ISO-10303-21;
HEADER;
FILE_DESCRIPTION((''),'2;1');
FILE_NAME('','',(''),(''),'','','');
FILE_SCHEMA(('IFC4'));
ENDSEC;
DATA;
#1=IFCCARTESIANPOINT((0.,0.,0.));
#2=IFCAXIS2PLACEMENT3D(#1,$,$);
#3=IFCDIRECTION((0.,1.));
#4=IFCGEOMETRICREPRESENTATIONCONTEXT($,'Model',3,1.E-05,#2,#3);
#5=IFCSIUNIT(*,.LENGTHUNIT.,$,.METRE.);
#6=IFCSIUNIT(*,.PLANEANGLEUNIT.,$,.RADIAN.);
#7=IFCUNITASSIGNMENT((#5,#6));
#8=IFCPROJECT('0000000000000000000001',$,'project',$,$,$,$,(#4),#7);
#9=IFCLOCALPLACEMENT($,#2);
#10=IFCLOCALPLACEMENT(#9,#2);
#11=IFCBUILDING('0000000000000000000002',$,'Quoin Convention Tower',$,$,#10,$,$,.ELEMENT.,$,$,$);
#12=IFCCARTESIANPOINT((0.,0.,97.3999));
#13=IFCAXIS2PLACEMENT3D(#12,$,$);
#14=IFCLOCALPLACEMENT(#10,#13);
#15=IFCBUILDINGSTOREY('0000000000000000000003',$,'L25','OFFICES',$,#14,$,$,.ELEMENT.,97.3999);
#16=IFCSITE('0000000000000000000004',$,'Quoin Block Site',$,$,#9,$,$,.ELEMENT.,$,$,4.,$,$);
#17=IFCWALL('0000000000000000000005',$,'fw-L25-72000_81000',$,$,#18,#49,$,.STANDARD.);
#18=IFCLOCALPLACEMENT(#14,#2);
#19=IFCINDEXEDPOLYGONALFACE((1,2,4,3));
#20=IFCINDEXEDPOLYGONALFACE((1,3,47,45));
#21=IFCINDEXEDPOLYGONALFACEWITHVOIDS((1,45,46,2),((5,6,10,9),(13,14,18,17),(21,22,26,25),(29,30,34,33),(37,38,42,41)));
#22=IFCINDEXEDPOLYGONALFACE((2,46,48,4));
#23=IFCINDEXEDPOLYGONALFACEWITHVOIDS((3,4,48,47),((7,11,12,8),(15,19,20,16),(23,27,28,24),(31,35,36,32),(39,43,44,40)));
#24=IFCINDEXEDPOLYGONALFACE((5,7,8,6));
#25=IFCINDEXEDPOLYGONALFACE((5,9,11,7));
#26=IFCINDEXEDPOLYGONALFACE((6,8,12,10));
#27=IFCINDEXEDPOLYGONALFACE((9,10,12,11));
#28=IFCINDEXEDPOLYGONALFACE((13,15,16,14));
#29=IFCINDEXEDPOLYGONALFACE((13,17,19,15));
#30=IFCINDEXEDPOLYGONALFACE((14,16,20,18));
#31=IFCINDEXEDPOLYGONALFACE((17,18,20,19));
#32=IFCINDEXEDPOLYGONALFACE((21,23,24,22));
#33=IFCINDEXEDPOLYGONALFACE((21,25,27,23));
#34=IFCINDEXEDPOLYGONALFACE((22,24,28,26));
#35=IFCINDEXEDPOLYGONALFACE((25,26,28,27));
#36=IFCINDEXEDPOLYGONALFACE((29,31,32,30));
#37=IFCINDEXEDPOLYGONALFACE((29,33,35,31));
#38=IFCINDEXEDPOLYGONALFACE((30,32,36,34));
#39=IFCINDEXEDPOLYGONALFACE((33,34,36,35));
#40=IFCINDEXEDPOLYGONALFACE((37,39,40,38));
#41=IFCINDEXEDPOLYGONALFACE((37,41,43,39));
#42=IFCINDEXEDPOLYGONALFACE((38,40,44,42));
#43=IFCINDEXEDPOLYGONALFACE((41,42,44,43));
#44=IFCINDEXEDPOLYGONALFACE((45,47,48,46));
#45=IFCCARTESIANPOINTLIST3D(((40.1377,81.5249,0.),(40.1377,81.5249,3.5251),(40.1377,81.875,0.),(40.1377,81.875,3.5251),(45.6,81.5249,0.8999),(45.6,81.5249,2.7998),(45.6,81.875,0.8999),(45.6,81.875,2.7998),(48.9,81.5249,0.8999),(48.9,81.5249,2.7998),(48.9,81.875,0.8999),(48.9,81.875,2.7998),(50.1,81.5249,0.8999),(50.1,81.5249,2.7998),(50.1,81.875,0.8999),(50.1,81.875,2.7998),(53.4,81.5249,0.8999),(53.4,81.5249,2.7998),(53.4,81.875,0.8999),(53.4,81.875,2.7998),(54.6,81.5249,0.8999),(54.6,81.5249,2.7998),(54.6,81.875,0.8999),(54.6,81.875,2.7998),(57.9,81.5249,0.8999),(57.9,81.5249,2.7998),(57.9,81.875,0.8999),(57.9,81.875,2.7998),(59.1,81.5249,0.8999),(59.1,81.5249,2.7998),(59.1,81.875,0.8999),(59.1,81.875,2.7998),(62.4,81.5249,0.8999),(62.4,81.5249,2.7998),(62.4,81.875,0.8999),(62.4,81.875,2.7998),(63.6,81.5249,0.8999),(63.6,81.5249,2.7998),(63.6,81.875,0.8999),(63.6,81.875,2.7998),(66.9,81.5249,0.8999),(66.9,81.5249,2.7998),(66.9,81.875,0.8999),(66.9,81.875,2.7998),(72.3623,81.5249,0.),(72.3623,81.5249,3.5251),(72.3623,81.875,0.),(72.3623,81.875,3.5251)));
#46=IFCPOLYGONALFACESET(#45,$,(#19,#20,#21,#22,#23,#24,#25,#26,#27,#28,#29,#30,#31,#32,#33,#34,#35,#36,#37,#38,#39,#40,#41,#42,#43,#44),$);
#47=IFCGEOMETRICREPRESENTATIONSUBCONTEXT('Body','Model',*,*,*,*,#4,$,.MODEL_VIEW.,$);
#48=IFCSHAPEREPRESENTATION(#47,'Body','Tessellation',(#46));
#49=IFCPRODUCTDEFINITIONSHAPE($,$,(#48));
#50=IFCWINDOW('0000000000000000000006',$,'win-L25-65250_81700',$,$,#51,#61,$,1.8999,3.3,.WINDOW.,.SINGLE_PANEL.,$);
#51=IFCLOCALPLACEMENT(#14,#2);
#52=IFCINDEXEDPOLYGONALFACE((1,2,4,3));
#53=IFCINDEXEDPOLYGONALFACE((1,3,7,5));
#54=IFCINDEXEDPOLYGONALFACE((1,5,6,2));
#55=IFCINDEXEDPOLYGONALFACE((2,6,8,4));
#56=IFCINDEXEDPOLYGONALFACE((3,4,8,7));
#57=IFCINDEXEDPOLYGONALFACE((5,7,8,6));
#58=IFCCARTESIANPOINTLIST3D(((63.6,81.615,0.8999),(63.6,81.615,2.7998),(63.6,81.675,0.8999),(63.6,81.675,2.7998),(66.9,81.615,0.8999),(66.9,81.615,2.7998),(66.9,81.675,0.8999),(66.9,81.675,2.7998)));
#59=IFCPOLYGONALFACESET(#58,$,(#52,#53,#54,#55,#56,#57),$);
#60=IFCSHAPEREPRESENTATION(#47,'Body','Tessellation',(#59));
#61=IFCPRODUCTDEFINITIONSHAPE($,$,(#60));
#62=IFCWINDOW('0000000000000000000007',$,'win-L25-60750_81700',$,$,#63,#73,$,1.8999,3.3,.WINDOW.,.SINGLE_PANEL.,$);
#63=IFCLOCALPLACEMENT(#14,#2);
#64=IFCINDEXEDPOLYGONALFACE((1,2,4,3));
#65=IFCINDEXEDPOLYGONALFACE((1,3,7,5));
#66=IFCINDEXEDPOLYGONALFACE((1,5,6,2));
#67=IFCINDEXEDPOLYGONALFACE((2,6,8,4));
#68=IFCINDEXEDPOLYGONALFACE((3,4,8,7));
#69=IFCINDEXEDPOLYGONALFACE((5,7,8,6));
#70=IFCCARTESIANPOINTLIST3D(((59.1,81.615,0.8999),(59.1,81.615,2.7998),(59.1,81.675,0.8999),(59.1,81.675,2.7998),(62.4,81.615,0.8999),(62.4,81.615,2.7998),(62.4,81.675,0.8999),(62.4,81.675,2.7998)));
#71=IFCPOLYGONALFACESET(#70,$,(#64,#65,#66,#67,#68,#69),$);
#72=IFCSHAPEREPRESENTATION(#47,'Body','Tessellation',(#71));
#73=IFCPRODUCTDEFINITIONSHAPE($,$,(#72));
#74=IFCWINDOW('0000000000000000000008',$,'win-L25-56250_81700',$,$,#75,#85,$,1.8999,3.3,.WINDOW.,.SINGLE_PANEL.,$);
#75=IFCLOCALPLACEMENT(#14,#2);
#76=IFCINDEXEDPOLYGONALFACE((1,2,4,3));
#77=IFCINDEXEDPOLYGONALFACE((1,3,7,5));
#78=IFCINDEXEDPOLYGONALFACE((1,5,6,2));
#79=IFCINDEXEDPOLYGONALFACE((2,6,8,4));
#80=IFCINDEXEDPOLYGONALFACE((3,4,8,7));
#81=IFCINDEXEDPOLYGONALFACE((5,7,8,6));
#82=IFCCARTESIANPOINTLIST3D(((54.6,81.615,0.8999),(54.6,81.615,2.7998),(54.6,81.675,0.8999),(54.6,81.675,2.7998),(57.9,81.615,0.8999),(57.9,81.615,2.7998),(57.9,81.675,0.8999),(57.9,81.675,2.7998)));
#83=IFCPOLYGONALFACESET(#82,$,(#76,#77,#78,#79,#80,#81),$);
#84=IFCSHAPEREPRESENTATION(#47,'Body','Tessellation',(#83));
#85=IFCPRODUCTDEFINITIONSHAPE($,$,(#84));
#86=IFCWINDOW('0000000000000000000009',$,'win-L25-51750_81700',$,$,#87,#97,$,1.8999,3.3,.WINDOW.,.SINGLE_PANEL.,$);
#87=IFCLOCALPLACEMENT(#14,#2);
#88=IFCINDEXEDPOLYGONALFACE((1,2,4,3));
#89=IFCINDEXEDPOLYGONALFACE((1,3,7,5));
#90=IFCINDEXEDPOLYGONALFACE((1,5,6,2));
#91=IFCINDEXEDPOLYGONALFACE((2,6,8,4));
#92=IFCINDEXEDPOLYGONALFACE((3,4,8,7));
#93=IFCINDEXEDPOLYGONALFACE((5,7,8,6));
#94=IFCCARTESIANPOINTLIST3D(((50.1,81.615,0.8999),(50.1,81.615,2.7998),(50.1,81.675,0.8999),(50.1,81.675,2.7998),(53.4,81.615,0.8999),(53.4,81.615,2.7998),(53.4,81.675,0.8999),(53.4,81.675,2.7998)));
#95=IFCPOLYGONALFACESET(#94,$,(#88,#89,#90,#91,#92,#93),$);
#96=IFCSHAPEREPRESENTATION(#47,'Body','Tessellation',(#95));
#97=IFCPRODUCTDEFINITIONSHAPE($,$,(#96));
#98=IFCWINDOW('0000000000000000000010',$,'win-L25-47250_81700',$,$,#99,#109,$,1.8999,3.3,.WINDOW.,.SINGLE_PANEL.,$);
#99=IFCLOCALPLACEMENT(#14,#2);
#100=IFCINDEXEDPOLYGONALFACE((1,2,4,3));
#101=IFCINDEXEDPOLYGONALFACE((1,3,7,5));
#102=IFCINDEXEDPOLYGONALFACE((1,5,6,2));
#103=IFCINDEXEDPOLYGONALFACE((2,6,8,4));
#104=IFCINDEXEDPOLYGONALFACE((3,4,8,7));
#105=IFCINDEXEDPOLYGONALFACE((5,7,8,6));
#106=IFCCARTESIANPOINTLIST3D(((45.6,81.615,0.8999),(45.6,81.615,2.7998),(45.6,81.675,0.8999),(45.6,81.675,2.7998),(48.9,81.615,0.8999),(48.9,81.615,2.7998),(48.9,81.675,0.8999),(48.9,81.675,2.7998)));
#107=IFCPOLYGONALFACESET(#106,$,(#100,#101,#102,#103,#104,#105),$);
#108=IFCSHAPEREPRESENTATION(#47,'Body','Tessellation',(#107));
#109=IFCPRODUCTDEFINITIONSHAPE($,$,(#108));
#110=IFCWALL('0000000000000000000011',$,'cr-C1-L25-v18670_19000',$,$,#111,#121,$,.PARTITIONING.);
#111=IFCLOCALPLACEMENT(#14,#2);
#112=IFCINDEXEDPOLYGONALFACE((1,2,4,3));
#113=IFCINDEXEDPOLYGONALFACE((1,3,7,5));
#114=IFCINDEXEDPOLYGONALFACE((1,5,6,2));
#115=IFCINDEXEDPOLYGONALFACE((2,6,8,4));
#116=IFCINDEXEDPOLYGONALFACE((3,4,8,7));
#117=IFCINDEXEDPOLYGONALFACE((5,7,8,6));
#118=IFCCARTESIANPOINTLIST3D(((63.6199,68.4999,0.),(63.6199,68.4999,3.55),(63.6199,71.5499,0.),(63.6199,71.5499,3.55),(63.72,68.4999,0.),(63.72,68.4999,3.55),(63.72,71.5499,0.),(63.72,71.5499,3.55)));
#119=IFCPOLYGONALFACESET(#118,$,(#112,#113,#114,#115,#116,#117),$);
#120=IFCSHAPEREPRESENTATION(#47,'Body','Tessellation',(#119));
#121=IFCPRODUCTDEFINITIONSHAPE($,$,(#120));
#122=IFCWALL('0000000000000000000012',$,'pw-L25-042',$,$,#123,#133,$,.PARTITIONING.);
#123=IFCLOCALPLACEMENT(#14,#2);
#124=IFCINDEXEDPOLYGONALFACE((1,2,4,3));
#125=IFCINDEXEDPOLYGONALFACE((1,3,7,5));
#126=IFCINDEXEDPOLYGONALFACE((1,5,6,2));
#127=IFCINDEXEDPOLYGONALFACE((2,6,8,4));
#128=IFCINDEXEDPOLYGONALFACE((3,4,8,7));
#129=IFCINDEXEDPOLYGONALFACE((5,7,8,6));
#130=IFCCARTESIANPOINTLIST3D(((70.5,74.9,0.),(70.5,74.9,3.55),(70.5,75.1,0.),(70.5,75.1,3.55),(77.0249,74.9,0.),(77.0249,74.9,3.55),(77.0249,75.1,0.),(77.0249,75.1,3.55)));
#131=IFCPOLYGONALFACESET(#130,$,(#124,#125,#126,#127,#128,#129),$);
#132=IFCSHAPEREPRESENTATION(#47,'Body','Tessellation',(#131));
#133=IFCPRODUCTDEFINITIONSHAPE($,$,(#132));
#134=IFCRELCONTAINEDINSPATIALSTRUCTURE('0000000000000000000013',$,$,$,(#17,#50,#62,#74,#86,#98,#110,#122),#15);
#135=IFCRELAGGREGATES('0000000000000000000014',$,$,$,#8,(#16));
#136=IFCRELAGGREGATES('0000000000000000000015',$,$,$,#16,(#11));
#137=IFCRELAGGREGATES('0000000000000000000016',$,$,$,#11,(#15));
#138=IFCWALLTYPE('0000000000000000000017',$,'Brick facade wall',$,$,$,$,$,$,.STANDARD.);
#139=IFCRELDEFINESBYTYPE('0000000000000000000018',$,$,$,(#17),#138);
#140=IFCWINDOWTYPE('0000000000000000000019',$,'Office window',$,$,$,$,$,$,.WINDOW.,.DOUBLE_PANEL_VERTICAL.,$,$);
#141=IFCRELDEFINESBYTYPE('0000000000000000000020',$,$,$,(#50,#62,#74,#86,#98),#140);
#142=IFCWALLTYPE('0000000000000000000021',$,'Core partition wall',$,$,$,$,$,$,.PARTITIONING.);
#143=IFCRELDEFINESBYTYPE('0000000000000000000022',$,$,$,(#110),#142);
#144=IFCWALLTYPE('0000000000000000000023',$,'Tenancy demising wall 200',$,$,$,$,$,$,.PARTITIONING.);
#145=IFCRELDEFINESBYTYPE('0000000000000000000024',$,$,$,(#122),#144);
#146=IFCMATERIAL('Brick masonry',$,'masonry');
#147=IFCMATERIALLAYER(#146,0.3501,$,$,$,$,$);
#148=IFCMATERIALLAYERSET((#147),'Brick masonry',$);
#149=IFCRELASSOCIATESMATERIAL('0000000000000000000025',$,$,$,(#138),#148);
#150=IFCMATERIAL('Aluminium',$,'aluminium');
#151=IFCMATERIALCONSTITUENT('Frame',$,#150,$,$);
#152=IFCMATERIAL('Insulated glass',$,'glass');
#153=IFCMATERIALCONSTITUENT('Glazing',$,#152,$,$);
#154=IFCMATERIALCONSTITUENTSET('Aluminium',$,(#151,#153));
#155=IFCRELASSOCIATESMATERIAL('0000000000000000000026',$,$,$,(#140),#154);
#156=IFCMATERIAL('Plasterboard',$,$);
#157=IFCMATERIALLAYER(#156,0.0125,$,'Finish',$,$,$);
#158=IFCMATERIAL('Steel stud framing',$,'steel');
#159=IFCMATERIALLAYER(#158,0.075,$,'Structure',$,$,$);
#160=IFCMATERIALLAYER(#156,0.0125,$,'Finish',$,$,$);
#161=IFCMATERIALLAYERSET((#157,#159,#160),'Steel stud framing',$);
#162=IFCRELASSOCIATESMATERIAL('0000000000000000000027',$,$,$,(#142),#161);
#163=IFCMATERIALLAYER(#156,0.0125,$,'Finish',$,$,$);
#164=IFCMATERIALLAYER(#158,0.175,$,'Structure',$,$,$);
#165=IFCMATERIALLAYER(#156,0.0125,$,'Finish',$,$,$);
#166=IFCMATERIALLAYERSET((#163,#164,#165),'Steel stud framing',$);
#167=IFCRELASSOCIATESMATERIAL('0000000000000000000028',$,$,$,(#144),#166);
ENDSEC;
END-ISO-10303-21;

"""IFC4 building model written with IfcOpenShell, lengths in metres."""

from ifc_helpers import new_model, si_unit, direction, frame, frame_2d, origin, place, context, subcontext, project, spatial, rectangle, extrude, material, layer, layer_set, constituent, constituent_set, type_object, element, fill, save


model = new_model("IFC4")

# Units and contexts
model_context = context("Model", 3, precision=1e-05, world=origin(), true_north=direction((0.0, 1.0)))
body_context = subcontext(model_context, "Body", "Model", "MODEL_VIEW")
ifc_project = project(units=[si_unit("LENGTHUNIT", "METRE"), si_unit("PLANEANGLEUNIT", "RADIAN")], contexts=[model_context])

# Site, building, storey
site_placement = place(None, origin())
site = spatial("IfcSite", under=ifc_project, at=site_placement, Name="Quoin Block Site", CompositionType="ELEMENT", RefElevation=4.0)
building_placement = place(site_placement, origin())
building = spatial("IfcBuilding", under=site, at=building_placement, Name="Quoin Convention Tower", CompositionType="ELEMENT")
storey_placement = place(building_placement, frame((0.0, 0.0, 97.3999)))
storey = spatial("IfcBuildingStorey", under=building, at=storey_placement, Name="L25", Description="OFFICES", CompositionType="ELEMENT", Elevation=97.3999)

# Shared definitions
ifc_material_1 = material(Name="Plasterboard")
ifc_material_2 = material(Name="Steel stud framing", Category="steel")

# Shared definitions
ifc_material_3 = material(Name="Brick masonry", Category="masonry")
ifc_layer_1 = layer(ifc_material_3, 0.3501)
ifc_layer_set_1 = layer_set([ifc_layer_1], Name="Brick masonry")
wall_type_1 = type_object("IfcWallType", Name="Brick facade wall", PredefinedType="STANDARD", material=ifc_layer_set_1)
ifc_material_4 = material(Name="Aluminium", Category="aluminium")
ifc_constituent_1 = constituent(ifc_material_4, Name="Frame")
ifc_material_5 = material(Name="Insulated glass", Category="glass")
ifc_constituent_2 = constituent(ifc_material_5, Name="Glazing")
ifc_constituent_set = constituent_set(constituents=[ifc_constituent_1, ifc_constituent_2], Name="Aluminium")
window_type = type_object("IfcWindowType", Name="Office window", PartitioningType="DOUBLE_PANEL_VERTICAL", PredefinedType="WINDOW", material=ifc_constituent_set)

# Wall, openings, windows
wall_1_placement = place(storey_placement, frame((72.3623, 81.7, 0.0), z_axis=(0.0, 0.0, 1.0), x_axis=(-1.0, 0.0, 0.0)))
wall_1 = element("IfcWall", 1, at=wall_1_placement, inside=storey, type_object=wall_type_1, Name="fw-L25-72000_81000", PredefinedType="STANDARD", context=body_context, shape_type="SweptSolid", body=[
    extrude(rectangle(XDim=32.2246, YDim=0.3501, at=frame_2d((16.1123, 0.0))), origin(), (0.0, 0.0, 1.0), 3.5251),
])
opening_1_placement = place(wall_1_placement, frame((5.4624, 0.0, 0.8999)))
opening_1 = element("IfcOpeningElement", 2, at=opening_1_placement, cuts=wall_1, PredefinedType="OPENING", context=body_context, shape_type="SweptSolid", body=[
    extrude(rectangle(XDim=3.3, YDim=1.8999, at=frame_2d((1.6499, 0.95))), frame((0.0, 0.1851, 0.0), z_axis=(0.0, -1.0, 0.0), x_axis=(1.0, 0.0, 0.0)), (0.0, 0.0, 1.0), 0.3701),
])
opening_2_placement = place(wall_1_placement, frame((9.9624, 0.0, 0.8999)))
opening_2 = element("IfcOpeningElement", 3, at=opening_2_placement, cuts=wall_1, PredefinedType="OPENING", context=body_context, shape_type="SweptSolid", body=[
    extrude(rectangle(XDim=3.3, YDim=1.8999, at=frame_2d((1.6499, 0.95))), frame((0.0, 0.1851, 0.0), z_axis=(0.0, -1.0, 0.0), x_axis=(1.0, 0.0, 0.0)), (0.0, 0.0, 1.0), 0.3701),
])
opening_3_placement = place(wall_1_placement, frame((14.4624, 0.0, 0.8999)))
opening_3 = element("IfcOpeningElement", 4, at=opening_3_placement, cuts=wall_1, PredefinedType="OPENING", context=body_context, shape_type="SweptSolid", body=[
    extrude(rectangle(XDim=3.3, YDim=1.8999, at=frame_2d((1.6499, 0.95))), frame((0.0, 0.1851, 0.0), z_axis=(0.0, -1.0, 0.0), x_axis=(1.0, 0.0, 0.0)), (0.0, 0.0, 1.0), 0.3701),
])
opening_4_placement = place(wall_1_placement, frame((18.9624, 0.0, 0.8999)))
opening_4 = element("IfcOpeningElement", 5, at=opening_4_placement, cuts=wall_1, PredefinedType="OPENING", context=body_context, shape_type="SweptSolid", body=[
    extrude(rectangle(XDim=3.3, YDim=1.8999, at=frame_2d((1.6499, 0.95))), frame((0.0, 0.1851, 0.0), z_axis=(0.0, -1.0, 0.0), x_axis=(1.0, 0.0, 0.0)), (0.0, 0.0, 1.0), 0.3701),
])
opening_5_placement = place(wall_1_placement, frame((23.4624, 0.0, 0.8999)))
opening_5 = element("IfcOpeningElement", 6, at=opening_5_placement, cuts=wall_1, PredefinedType="OPENING", context=body_context, shape_type="SweptSolid", body=[
    extrude(rectangle(XDim=3.3, YDim=1.8999, at=frame_2d((1.6499, 0.95))), frame((0.0, 0.1851, 0.0), z_axis=(0.0, -1.0, 0.0), x_axis=(1.0, 0.0, 0.0)), (0.0, 0.0, 1.0), 0.3701),
])
window_1_placement = place(opening_1_placement, origin())
window_1 = element("IfcWindow", 7, at=window_1_placement, inside=storey, type_object=window_type, Name="win-L25-65250_81700", OverallHeight=1.8999, OverallWidth=3.3, PartitioningType="SINGLE_PANEL", PredefinedType="WINDOW", context=body_context, shape_type="SweptSolid", body=[
    extrude(rectangle(XDim=3.3, YDim=1.8999, at=frame_2d((1.6499, 0.95))), frame((0.0, 0.085, 0.0), z_axis=(0.0, -1.0, 0.0), x_axis=(1.0, 0.0, 0.0)), (0.0, 0.0, 1.0), 0.0601),
])
fill(opening_1, window_1)
window_2_placement = place(opening_2_placement, origin())
window_2 = element("IfcWindow", 8, at=window_2_placement, inside=storey, type_object=window_type, Name="win-L25-60750_81700", OverallHeight=1.8999, OverallWidth=3.3, PartitioningType="SINGLE_PANEL", PredefinedType="WINDOW", context=body_context, shape_type="SweptSolid", body=[
    extrude(rectangle(XDim=3.3, YDim=1.8999, at=frame_2d((1.6499, 0.95))), frame((0.0, 0.085, 0.0), z_axis=(0.0, -1.0, 0.0), x_axis=(1.0, 0.0, 0.0)), (0.0, 0.0, 1.0), 0.0601),
])
fill(opening_2, window_2)
window_3_placement = place(opening_3_placement, origin())
window_3 = element("IfcWindow", 9, at=window_3_placement, inside=storey, type_object=window_type, Name="win-L25-56250_81700", OverallHeight=1.8999, OverallWidth=3.3, PartitioningType="SINGLE_PANEL", PredefinedType="WINDOW", context=body_context, shape_type="SweptSolid", body=[
    extrude(rectangle(XDim=3.3, YDim=1.8999, at=frame_2d((1.6499, 0.95))), frame((0.0, 0.085, 0.0), z_axis=(0.0, -1.0, 0.0), x_axis=(1.0, 0.0, 0.0)), (0.0, 0.0, 1.0), 0.0601),
])
fill(opening_3, window_3)
window_4_placement = place(opening_4_placement, origin())
window_4 = element("IfcWindow", 10, at=window_4_placement, inside=storey, type_object=window_type, Name="win-L25-51750_81700", OverallHeight=1.8999, OverallWidth=3.3, PartitioningType="SINGLE_PANEL", PredefinedType="WINDOW", context=body_context, shape_type="SweptSolid", body=[
    extrude(rectangle(XDim=3.3, YDim=1.8999, at=frame_2d((1.6499, 0.95))), frame((0.0, 0.085, 0.0), z_axis=(0.0, -1.0, 0.0), x_axis=(1.0, 0.0, 0.0)), (0.0, 0.0, 1.0), 0.0601),
])
fill(opening_4, window_4)
window_5_placement = place(opening_5_placement, origin())
window_5 = element("IfcWindow", 11, at=window_5_placement, inside=storey, type_object=window_type, Name="win-L25-47250_81700", OverallHeight=1.8999, OverallWidth=3.3, PartitioningType="SINGLE_PANEL", PredefinedType="WINDOW", context=body_context, shape_type="SweptSolid", body=[
    extrude(rectangle(XDim=3.3, YDim=1.8999, at=frame_2d((1.6499, 0.95))), frame((0.0, 0.085, 0.0), z_axis=(0.0, -1.0, 0.0), x_axis=(1.0, 0.0, 0.0)), (0.0, 0.0, 1.0), 0.0601),
])
fill(opening_5, window_5)

# Walls
ifc_layer_2 = layer(ifc_material_1, 0.0125, Name="Finish")
ifc_layer_3 = layer(ifc_material_2, 0.075, Name="Structure")
ifc_layer_4 = layer(ifc_material_1, 0.0125, Name="Finish")
ifc_layer_set_2 = layer_set([ifc_layer_2, ifc_layer_3, ifc_layer_4], Name="Steel stud framing")
wall_type_2 = type_object("IfcWallType", Name="Core partition wall", PredefinedType="PARTITIONING", material=ifc_layer_set_2)
wall_2_placement = place(storey_placement, frame((63.6699, 68.5, 0.0), z_axis=(0.0, 0.0, 1.0), x_axis=(0.0, 1.0, 0.0)))
element("IfcWall", 12, at=wall_2_placement, inside=storey, type_object=wall_type_2, Name="cr-C1-L25-v18670_19000", PredefinedType="PARTITIONING", context=body_context, shape_type="SweptSolid", body=[
    extrude(rectangle(XDim=3.05, YDim=0.1001, at=frame_2d((1.5249, 0.0))), origin(), (0.0, 0.0, 1.0), 3.55),
])
ifc_layer_5 = layer(ifc_material_1, 0.0125, Name="Finish")
ifc_layer_6 = layer(ifc_material_2, 0.175, Name="Structure")
ifc_layer_7 = layer(ifc_material_1, 0.0125, Name="Finish")
ifc_layer_set_3 = layer_set([ifc_layer_5, ifc_layer_6, ifc_layer_7], Name="Steel stud framing")
wall_type_3 = type_object("IfcWallType", Name="Tenancy demising wall 200", PredefinedType="PARTITIONING", material=ifc_layer_set_3)
wall_3_placement = place(storey_placement, frame((70.5, 75.0, 0.0), z_axis=(0.0, 0.0, 1.0), x_axis=(1.0, 0.0, 0.0)))
element("IfcWall", 13, at=wall_3_placement, inside=storey, type_object=wall_type_3, Name="pw-L25-042", PredefinedType="PARTITIONING", context=body_context, shape_type="SweptSolid", body=[
    extrude(rectangle(XDim=6.5249, YDim=0.2, at=frame_2d((3.2625, 0.0))), origin(), (0.0, 0.0, 1.0), 3.55),
])

save(model, "model.ifc")
